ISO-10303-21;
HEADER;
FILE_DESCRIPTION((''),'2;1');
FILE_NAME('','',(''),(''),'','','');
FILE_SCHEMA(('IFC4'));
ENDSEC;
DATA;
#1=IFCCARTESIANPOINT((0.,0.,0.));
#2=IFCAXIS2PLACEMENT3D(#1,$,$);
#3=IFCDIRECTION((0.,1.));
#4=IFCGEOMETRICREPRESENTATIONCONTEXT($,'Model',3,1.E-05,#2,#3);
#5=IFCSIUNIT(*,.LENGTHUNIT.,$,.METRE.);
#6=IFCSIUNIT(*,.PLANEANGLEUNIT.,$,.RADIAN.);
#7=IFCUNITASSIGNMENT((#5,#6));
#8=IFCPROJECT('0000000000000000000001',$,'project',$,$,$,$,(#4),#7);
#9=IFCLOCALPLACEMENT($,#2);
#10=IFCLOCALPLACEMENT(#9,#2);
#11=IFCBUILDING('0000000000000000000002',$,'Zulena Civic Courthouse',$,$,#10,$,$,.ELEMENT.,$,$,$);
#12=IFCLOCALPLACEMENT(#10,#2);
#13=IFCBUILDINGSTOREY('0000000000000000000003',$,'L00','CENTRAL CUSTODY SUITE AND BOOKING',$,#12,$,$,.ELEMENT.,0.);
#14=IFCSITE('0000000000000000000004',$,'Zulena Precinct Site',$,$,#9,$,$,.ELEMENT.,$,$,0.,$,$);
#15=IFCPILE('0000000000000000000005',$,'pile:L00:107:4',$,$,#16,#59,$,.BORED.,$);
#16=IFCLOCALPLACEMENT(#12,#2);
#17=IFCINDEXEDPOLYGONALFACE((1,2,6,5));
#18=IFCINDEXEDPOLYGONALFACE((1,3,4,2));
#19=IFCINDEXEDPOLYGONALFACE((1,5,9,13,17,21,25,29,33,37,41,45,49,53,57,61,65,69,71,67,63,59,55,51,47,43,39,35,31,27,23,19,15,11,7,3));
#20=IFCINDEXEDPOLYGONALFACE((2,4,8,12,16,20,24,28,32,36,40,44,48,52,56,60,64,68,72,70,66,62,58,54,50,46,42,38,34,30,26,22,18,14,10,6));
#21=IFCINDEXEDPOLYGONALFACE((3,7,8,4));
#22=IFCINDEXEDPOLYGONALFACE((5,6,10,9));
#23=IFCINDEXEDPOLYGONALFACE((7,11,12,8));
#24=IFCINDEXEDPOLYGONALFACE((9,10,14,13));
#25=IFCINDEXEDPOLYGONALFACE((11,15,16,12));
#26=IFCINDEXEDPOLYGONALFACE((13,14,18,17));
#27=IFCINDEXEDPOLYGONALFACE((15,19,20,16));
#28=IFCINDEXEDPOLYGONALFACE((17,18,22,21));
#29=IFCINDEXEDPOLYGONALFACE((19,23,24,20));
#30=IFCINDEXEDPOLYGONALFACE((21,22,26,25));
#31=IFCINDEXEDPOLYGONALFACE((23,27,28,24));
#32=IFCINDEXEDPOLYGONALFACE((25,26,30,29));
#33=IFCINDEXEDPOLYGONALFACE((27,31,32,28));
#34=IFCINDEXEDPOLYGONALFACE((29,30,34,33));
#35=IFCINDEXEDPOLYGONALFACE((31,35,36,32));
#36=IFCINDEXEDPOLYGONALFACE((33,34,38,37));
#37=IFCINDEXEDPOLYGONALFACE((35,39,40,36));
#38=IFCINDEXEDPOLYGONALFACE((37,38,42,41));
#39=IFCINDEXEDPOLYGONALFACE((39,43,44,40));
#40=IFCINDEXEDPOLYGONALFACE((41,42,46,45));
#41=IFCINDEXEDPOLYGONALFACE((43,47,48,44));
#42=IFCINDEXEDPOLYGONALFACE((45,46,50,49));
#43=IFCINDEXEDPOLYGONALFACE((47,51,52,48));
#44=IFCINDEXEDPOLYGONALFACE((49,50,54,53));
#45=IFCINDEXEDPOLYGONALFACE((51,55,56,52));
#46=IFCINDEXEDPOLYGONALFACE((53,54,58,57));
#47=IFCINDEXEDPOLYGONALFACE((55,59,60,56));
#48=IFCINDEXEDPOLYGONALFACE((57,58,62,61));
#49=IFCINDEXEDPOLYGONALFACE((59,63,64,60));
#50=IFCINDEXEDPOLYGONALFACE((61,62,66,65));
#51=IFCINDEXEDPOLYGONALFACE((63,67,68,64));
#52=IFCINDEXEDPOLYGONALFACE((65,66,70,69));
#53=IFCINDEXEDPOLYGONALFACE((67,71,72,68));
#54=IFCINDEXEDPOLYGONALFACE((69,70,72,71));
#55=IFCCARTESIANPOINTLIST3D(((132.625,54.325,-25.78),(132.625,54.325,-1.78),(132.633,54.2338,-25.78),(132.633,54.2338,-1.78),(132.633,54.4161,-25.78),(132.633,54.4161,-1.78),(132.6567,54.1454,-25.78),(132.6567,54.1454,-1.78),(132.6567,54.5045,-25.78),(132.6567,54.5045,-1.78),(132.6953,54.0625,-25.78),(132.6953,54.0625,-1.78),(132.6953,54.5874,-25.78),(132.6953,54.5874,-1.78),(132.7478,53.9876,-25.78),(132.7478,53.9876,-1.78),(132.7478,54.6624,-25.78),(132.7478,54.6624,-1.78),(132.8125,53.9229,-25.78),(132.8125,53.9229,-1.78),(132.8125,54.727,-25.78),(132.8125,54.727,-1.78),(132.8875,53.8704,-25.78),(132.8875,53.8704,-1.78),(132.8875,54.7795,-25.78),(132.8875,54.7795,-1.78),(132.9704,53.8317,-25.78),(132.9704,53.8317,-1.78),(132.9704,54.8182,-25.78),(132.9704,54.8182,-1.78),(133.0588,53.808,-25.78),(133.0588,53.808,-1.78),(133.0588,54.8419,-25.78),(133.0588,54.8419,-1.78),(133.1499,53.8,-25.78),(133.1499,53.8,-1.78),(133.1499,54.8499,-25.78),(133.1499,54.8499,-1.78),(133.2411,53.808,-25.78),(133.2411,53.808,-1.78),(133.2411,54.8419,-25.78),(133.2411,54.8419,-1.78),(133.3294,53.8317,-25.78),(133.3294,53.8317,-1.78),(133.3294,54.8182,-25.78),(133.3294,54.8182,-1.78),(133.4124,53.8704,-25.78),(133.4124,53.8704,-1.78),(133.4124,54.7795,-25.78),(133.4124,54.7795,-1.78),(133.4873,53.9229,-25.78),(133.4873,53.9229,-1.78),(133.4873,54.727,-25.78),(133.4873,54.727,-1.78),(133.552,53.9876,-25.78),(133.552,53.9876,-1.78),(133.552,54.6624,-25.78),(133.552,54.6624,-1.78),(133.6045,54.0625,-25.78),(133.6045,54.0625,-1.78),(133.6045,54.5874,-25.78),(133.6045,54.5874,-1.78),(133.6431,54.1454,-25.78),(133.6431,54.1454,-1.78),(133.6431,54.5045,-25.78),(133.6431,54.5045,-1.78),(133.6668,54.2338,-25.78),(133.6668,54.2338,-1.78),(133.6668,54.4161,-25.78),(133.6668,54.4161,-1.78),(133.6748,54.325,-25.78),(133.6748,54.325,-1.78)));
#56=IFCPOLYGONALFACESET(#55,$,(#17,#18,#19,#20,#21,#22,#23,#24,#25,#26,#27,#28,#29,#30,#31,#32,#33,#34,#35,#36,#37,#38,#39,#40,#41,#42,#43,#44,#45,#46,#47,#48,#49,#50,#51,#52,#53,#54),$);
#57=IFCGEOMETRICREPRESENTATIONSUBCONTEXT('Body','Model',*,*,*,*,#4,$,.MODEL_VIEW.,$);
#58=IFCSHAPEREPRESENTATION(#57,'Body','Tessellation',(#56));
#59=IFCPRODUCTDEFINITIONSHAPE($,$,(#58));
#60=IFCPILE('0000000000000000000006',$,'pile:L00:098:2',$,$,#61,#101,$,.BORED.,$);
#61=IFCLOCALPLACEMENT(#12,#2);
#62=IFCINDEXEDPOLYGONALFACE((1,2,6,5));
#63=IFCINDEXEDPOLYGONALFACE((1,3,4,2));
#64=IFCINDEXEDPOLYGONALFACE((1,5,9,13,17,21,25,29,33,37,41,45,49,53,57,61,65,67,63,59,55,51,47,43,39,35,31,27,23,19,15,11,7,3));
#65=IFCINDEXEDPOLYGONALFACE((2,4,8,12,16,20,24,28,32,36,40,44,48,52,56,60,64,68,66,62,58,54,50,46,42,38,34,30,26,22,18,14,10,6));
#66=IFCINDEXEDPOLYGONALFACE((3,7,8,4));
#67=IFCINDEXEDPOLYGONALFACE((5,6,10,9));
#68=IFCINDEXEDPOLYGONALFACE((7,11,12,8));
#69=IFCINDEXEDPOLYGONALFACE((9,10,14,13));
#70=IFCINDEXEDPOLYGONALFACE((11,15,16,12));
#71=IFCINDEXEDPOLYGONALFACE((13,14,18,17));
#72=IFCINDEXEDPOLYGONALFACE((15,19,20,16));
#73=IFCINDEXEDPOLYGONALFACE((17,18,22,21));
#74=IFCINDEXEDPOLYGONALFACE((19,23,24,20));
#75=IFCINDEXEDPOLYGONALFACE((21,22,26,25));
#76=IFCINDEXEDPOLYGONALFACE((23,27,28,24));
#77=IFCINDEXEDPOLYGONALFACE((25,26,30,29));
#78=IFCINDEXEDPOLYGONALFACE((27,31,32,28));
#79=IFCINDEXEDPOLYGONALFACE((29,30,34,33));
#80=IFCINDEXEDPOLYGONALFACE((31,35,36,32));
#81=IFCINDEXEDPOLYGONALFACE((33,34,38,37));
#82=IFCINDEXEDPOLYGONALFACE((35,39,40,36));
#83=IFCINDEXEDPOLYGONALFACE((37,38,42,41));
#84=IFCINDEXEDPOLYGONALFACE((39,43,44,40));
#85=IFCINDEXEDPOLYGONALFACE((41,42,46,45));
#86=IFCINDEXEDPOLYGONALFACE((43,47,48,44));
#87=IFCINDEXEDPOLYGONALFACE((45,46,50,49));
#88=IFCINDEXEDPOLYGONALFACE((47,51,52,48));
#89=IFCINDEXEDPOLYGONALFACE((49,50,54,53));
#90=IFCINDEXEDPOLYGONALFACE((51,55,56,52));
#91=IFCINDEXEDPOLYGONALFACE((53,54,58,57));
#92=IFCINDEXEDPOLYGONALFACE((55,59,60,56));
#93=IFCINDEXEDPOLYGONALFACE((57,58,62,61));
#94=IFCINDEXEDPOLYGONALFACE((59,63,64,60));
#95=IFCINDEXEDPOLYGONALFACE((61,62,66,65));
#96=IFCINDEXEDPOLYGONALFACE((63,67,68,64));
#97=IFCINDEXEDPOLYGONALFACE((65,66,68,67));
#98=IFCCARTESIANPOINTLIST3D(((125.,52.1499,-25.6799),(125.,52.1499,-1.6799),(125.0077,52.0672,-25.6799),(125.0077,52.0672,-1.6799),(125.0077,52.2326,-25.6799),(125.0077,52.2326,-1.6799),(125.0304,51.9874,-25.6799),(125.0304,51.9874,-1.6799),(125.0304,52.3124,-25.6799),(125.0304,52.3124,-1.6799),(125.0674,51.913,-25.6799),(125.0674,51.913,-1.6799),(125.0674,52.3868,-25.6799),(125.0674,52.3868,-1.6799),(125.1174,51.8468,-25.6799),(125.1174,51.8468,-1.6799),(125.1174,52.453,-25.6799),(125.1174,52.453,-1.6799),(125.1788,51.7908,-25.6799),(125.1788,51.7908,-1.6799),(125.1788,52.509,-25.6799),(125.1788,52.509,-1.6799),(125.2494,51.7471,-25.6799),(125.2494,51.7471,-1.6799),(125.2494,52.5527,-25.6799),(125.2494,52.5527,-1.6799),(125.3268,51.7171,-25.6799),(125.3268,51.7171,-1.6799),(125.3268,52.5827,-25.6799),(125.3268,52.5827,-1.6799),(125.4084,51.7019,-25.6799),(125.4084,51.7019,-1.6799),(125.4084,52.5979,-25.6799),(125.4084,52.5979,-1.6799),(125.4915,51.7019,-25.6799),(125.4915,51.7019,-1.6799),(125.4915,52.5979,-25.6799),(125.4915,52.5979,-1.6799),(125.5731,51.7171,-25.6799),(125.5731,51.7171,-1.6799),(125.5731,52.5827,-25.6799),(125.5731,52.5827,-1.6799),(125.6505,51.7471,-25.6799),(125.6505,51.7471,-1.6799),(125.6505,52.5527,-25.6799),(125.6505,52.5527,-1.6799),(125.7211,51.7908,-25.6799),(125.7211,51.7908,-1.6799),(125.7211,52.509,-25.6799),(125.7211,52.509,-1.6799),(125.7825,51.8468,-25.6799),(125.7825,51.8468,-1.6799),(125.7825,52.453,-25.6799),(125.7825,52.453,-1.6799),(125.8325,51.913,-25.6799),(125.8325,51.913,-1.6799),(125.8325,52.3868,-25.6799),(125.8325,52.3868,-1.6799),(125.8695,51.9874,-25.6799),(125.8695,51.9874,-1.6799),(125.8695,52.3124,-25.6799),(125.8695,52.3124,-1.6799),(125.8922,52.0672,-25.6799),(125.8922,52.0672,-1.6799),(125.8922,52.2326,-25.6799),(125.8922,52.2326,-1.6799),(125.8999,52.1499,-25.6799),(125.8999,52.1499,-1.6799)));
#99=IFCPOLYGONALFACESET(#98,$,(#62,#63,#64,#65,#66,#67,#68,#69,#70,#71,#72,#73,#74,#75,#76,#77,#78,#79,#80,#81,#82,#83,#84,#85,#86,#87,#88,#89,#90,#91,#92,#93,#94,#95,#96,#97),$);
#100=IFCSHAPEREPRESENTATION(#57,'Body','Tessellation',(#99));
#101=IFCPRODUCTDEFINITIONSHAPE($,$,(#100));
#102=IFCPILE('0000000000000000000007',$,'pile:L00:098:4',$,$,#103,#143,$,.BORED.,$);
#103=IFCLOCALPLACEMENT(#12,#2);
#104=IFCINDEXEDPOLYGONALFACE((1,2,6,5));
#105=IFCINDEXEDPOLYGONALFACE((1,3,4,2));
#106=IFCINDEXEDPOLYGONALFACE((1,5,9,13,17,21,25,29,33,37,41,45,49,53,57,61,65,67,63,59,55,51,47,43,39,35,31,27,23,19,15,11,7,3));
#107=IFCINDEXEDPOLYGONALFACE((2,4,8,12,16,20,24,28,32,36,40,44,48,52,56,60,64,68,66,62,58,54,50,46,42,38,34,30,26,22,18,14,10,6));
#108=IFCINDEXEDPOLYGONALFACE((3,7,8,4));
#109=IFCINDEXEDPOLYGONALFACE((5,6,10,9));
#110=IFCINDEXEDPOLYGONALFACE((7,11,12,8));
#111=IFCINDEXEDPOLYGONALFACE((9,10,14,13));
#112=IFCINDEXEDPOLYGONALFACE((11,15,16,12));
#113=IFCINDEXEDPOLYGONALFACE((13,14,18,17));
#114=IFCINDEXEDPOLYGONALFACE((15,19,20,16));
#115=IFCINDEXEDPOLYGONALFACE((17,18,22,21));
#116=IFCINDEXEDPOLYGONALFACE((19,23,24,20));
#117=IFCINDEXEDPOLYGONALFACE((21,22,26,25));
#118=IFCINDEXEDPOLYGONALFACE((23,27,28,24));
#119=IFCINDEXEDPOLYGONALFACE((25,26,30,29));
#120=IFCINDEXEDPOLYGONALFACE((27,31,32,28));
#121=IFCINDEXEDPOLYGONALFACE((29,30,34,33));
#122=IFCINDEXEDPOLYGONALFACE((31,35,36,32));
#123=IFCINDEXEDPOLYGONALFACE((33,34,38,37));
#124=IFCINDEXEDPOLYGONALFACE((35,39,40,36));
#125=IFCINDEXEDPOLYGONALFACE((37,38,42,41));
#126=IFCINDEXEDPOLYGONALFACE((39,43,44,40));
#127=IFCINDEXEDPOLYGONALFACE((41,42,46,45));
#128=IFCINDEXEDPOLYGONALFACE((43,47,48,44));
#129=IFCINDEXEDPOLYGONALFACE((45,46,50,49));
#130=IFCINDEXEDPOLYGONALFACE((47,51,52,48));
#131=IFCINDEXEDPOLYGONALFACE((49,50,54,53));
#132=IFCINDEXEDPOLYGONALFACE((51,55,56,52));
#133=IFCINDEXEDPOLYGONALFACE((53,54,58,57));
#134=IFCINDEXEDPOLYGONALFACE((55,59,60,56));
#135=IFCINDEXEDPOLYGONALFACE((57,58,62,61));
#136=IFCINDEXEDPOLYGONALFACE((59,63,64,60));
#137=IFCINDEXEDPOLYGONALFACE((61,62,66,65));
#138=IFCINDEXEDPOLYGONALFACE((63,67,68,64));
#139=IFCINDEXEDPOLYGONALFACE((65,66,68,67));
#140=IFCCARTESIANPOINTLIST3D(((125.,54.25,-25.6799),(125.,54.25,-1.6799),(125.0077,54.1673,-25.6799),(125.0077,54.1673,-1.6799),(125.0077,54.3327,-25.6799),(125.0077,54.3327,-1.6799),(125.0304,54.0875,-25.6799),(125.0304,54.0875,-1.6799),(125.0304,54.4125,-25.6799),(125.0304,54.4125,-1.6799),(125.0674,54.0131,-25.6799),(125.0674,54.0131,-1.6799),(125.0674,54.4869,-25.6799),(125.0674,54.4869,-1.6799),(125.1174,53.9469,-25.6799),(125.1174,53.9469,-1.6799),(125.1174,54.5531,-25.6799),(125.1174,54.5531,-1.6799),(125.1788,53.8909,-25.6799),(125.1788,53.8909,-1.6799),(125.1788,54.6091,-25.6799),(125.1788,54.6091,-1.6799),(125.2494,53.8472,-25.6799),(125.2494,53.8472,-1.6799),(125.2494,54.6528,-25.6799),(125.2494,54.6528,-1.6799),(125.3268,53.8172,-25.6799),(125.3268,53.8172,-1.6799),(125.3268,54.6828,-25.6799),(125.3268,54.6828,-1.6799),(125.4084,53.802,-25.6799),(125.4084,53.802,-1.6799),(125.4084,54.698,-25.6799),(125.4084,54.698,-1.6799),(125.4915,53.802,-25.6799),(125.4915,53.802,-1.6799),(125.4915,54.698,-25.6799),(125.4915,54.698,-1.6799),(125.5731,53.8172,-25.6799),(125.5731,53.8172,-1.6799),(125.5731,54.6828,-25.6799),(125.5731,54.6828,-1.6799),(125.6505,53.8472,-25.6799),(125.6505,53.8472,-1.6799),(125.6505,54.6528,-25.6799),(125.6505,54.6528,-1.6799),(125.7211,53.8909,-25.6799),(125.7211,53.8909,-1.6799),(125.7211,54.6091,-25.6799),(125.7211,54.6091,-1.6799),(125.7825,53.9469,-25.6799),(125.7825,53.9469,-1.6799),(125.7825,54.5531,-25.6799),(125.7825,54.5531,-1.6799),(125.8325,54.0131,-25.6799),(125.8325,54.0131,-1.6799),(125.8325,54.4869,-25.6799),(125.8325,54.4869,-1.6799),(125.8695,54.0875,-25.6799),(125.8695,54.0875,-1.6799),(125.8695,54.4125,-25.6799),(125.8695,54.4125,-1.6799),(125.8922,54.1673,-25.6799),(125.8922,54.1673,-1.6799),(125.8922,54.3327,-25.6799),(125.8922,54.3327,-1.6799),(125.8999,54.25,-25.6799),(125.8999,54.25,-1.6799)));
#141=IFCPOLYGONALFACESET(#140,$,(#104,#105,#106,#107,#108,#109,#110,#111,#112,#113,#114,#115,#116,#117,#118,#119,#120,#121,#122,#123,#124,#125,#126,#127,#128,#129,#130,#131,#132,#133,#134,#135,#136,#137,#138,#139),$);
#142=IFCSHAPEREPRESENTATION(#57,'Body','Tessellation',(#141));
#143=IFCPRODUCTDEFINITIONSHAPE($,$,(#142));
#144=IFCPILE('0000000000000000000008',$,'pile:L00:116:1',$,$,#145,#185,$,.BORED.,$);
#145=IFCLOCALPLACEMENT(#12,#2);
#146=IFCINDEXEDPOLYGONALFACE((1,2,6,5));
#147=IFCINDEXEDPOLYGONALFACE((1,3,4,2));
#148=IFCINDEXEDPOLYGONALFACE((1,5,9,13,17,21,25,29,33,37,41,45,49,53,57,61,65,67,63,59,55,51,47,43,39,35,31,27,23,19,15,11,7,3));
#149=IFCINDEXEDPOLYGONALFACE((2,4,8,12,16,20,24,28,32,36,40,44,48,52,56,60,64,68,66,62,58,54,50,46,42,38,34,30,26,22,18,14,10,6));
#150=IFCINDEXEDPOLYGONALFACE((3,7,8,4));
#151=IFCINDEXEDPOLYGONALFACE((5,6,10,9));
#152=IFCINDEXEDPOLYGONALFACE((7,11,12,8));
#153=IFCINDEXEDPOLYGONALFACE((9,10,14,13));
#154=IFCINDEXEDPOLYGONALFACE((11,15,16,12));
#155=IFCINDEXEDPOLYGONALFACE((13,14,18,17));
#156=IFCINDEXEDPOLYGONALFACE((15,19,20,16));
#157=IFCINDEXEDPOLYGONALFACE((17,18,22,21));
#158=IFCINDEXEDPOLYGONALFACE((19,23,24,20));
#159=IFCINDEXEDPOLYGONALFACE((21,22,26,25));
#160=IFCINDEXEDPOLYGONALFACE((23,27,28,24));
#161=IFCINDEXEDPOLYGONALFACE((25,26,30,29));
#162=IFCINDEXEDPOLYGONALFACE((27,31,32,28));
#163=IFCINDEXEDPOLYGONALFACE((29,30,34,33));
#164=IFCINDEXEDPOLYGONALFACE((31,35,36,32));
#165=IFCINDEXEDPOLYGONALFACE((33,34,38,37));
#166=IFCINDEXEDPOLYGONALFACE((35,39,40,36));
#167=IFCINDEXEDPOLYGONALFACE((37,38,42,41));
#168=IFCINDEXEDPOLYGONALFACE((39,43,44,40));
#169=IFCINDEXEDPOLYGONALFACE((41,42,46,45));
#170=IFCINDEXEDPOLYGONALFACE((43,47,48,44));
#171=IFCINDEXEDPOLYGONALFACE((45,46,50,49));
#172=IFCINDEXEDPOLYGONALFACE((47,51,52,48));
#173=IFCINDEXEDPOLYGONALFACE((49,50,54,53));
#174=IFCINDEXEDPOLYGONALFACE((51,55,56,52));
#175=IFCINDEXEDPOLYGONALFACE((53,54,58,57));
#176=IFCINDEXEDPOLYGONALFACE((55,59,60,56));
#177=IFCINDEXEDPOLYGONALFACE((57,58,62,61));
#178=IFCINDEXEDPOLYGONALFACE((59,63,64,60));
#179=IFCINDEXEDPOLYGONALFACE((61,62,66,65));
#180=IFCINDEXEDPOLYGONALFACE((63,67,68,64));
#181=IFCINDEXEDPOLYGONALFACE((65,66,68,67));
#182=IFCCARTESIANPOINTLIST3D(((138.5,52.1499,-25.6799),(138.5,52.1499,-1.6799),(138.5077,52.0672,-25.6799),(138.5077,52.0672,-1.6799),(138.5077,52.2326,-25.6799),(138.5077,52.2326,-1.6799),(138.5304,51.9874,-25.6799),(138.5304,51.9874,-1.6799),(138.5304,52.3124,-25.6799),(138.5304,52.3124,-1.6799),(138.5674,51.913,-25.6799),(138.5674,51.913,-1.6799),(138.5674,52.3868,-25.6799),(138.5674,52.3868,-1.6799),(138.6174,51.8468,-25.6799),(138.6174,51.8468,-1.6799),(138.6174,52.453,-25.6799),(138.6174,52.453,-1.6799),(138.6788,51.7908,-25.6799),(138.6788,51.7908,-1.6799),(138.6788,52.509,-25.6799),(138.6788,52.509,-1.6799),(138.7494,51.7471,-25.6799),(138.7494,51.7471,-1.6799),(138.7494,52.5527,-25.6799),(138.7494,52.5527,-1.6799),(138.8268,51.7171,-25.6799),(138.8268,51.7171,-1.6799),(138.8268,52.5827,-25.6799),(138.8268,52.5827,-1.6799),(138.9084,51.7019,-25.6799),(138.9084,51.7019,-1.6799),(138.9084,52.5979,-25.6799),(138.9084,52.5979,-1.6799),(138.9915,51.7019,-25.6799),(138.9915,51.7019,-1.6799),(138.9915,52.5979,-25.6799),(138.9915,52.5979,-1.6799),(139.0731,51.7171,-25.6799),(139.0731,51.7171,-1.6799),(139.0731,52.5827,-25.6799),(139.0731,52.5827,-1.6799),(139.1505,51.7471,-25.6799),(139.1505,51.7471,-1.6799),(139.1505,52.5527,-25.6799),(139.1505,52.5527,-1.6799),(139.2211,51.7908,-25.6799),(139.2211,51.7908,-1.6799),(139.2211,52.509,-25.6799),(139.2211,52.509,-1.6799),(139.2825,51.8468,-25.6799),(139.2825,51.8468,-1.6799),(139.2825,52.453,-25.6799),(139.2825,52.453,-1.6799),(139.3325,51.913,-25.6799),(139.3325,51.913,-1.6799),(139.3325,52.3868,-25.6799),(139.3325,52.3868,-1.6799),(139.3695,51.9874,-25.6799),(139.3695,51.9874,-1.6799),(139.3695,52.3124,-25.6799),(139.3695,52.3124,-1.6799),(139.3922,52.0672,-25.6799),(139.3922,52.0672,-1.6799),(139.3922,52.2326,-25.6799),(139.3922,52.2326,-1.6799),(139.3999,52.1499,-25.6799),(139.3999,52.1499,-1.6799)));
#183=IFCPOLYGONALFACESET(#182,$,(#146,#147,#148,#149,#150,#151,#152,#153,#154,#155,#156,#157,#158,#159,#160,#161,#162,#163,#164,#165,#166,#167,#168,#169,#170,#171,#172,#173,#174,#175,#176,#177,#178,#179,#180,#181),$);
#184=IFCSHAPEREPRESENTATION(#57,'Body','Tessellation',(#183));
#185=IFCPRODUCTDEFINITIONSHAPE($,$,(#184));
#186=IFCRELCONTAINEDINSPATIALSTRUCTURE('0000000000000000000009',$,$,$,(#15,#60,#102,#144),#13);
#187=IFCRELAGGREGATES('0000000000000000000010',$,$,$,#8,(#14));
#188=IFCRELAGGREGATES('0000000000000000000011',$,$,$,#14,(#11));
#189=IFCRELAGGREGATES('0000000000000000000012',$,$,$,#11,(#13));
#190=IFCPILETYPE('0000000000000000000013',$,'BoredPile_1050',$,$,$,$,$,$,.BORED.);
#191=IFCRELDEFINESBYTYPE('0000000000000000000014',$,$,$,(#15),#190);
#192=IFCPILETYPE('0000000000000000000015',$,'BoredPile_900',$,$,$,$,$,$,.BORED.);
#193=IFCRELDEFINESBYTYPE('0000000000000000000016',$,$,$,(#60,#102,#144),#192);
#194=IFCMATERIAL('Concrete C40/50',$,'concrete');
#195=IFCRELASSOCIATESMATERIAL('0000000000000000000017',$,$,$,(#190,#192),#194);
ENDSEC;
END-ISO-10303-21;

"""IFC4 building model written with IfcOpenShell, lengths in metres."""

from ifc_helpers import new_model, si_unit, direction, frame, origin, origin_2d, place, context, subcontext, project, spatial, circle, extrude, material, material_profile, profile_set, type_object, element, save


model = new_model("IFC4")

# Units and contexts
model_context = context("Model", 3, precision=1e-05, world=origin(), true_north=direction((0.0, 1.0)))
body_context = subcontext(model_context, "Body", "Model", "MODEL_VIEW")
ifc_project = project(units=[si_unit("LENGTHUNIT", "METRE"), si_unit("PLANEANGLEUNIT", "RADIAN")], contexts=[model_context])

# Site, building, storey
site_placement = place(None, origin())
site = spatial("IfcSite", under=ifc_project, at=site_placement, Name="Zulena Precinct Site", CompositionType="ELEMENT", RefElevation=0.0)
building_placement = place(site_placement, origin())
building = spatial("IfcBuilding", under=site, at=building_placement, Name="Zulena Civic Courthouse", CompositionType="ELEMENT")
storey_placement = place(building_placement, origin())
storey = spatial("IfcBuildingStorey", under=building, at=storey_placement, Name="L00", Description="CENTRAL CUSTODY SUITE AND BOOKING", CompositionType="ELEMENT", Elevation=0.0)

# Piles
ifc_material_1 = material(Name="Concrete C40/50", Category="concrete")
ifc_material_profile_1 = material_profile(ifc_material_1, circle(Radius=0.5249, at=origin_2d()), Name="PILE1050")
ifc_profile_set_1 = profile_set([ifc_material_profile_1], Name="Concrete C40/50")
pile_type_1 = type_object("IfcPileType", Name="BoredPile_1050", PredefinedType="BORED", material=ifc_profile_set_1)
for number, where, z_axis, x_axis, name in (
    (1, (133.1499, 54.325, -1.78), (0.0, 0.0, -1.0), (1.0, 0.0, 0.0), "pile:L00:107:4"),
):
    element("IfcPile", number, at=place(storey_placement, frame(where, z_axis=z_axis, x_axis=x_axis)), inside=storey, type_object=pile_type_1, Name=name, PredefinedType="BORED", context=body_context, shape_type="SweptSolid", body=[
        extrude(circle(Radius=0.5249, at=origin_2d()), origin(), (0.0, 0.0, 1.0), 24.0),
    ])
ifc_material_profile_2 = material_profile(ifc_material_1, circle(Radius=0.45, at=origin_2d()), Name="PILE900")
ifc_profile_set_2 = profile_set([ifc_material_profile_2], Name="Concrete C40/50")
pile_type_2 = type_object("IfcPileType", Name="BoredPile_900", PredefinedType="BORED", material=ifc_profile_set_2)
for number, where, z_axis, x_axis, name in (
    (2, (125.45, 52.1499, -1.6799), (0.0, 0.0, -1.0), (1.0, 0.0, 0.0), "pile:L00:098:2"),
    (3, (125.45, 54.25, -1.6799), (0.0, 0.0, -1.0), (1.0, 0.0, 0.0), "pile:L00:098:4"),
    (4, (138.95, 52.1499, -1.6799), (0.0, 0.0, -1.0), (1.0, 0.0, 0.0), "pile:L00:116:1"),
):
    element("IfcPile", number, at=place(storey_placement, frame(where, z_axis=z_axis, x_axis=x_axis)), inside=storey, type_object=pile_type_2, Name=name, PredefinedType="BORED", context=body_context, shape_type="SweptSolid", body=[
        extrude(circle(Radius=0.45, at=origin_2d()), origin(), (0.0, 0.0, 1.0), 24.0),
    ])

save(model, "model.ifc")
